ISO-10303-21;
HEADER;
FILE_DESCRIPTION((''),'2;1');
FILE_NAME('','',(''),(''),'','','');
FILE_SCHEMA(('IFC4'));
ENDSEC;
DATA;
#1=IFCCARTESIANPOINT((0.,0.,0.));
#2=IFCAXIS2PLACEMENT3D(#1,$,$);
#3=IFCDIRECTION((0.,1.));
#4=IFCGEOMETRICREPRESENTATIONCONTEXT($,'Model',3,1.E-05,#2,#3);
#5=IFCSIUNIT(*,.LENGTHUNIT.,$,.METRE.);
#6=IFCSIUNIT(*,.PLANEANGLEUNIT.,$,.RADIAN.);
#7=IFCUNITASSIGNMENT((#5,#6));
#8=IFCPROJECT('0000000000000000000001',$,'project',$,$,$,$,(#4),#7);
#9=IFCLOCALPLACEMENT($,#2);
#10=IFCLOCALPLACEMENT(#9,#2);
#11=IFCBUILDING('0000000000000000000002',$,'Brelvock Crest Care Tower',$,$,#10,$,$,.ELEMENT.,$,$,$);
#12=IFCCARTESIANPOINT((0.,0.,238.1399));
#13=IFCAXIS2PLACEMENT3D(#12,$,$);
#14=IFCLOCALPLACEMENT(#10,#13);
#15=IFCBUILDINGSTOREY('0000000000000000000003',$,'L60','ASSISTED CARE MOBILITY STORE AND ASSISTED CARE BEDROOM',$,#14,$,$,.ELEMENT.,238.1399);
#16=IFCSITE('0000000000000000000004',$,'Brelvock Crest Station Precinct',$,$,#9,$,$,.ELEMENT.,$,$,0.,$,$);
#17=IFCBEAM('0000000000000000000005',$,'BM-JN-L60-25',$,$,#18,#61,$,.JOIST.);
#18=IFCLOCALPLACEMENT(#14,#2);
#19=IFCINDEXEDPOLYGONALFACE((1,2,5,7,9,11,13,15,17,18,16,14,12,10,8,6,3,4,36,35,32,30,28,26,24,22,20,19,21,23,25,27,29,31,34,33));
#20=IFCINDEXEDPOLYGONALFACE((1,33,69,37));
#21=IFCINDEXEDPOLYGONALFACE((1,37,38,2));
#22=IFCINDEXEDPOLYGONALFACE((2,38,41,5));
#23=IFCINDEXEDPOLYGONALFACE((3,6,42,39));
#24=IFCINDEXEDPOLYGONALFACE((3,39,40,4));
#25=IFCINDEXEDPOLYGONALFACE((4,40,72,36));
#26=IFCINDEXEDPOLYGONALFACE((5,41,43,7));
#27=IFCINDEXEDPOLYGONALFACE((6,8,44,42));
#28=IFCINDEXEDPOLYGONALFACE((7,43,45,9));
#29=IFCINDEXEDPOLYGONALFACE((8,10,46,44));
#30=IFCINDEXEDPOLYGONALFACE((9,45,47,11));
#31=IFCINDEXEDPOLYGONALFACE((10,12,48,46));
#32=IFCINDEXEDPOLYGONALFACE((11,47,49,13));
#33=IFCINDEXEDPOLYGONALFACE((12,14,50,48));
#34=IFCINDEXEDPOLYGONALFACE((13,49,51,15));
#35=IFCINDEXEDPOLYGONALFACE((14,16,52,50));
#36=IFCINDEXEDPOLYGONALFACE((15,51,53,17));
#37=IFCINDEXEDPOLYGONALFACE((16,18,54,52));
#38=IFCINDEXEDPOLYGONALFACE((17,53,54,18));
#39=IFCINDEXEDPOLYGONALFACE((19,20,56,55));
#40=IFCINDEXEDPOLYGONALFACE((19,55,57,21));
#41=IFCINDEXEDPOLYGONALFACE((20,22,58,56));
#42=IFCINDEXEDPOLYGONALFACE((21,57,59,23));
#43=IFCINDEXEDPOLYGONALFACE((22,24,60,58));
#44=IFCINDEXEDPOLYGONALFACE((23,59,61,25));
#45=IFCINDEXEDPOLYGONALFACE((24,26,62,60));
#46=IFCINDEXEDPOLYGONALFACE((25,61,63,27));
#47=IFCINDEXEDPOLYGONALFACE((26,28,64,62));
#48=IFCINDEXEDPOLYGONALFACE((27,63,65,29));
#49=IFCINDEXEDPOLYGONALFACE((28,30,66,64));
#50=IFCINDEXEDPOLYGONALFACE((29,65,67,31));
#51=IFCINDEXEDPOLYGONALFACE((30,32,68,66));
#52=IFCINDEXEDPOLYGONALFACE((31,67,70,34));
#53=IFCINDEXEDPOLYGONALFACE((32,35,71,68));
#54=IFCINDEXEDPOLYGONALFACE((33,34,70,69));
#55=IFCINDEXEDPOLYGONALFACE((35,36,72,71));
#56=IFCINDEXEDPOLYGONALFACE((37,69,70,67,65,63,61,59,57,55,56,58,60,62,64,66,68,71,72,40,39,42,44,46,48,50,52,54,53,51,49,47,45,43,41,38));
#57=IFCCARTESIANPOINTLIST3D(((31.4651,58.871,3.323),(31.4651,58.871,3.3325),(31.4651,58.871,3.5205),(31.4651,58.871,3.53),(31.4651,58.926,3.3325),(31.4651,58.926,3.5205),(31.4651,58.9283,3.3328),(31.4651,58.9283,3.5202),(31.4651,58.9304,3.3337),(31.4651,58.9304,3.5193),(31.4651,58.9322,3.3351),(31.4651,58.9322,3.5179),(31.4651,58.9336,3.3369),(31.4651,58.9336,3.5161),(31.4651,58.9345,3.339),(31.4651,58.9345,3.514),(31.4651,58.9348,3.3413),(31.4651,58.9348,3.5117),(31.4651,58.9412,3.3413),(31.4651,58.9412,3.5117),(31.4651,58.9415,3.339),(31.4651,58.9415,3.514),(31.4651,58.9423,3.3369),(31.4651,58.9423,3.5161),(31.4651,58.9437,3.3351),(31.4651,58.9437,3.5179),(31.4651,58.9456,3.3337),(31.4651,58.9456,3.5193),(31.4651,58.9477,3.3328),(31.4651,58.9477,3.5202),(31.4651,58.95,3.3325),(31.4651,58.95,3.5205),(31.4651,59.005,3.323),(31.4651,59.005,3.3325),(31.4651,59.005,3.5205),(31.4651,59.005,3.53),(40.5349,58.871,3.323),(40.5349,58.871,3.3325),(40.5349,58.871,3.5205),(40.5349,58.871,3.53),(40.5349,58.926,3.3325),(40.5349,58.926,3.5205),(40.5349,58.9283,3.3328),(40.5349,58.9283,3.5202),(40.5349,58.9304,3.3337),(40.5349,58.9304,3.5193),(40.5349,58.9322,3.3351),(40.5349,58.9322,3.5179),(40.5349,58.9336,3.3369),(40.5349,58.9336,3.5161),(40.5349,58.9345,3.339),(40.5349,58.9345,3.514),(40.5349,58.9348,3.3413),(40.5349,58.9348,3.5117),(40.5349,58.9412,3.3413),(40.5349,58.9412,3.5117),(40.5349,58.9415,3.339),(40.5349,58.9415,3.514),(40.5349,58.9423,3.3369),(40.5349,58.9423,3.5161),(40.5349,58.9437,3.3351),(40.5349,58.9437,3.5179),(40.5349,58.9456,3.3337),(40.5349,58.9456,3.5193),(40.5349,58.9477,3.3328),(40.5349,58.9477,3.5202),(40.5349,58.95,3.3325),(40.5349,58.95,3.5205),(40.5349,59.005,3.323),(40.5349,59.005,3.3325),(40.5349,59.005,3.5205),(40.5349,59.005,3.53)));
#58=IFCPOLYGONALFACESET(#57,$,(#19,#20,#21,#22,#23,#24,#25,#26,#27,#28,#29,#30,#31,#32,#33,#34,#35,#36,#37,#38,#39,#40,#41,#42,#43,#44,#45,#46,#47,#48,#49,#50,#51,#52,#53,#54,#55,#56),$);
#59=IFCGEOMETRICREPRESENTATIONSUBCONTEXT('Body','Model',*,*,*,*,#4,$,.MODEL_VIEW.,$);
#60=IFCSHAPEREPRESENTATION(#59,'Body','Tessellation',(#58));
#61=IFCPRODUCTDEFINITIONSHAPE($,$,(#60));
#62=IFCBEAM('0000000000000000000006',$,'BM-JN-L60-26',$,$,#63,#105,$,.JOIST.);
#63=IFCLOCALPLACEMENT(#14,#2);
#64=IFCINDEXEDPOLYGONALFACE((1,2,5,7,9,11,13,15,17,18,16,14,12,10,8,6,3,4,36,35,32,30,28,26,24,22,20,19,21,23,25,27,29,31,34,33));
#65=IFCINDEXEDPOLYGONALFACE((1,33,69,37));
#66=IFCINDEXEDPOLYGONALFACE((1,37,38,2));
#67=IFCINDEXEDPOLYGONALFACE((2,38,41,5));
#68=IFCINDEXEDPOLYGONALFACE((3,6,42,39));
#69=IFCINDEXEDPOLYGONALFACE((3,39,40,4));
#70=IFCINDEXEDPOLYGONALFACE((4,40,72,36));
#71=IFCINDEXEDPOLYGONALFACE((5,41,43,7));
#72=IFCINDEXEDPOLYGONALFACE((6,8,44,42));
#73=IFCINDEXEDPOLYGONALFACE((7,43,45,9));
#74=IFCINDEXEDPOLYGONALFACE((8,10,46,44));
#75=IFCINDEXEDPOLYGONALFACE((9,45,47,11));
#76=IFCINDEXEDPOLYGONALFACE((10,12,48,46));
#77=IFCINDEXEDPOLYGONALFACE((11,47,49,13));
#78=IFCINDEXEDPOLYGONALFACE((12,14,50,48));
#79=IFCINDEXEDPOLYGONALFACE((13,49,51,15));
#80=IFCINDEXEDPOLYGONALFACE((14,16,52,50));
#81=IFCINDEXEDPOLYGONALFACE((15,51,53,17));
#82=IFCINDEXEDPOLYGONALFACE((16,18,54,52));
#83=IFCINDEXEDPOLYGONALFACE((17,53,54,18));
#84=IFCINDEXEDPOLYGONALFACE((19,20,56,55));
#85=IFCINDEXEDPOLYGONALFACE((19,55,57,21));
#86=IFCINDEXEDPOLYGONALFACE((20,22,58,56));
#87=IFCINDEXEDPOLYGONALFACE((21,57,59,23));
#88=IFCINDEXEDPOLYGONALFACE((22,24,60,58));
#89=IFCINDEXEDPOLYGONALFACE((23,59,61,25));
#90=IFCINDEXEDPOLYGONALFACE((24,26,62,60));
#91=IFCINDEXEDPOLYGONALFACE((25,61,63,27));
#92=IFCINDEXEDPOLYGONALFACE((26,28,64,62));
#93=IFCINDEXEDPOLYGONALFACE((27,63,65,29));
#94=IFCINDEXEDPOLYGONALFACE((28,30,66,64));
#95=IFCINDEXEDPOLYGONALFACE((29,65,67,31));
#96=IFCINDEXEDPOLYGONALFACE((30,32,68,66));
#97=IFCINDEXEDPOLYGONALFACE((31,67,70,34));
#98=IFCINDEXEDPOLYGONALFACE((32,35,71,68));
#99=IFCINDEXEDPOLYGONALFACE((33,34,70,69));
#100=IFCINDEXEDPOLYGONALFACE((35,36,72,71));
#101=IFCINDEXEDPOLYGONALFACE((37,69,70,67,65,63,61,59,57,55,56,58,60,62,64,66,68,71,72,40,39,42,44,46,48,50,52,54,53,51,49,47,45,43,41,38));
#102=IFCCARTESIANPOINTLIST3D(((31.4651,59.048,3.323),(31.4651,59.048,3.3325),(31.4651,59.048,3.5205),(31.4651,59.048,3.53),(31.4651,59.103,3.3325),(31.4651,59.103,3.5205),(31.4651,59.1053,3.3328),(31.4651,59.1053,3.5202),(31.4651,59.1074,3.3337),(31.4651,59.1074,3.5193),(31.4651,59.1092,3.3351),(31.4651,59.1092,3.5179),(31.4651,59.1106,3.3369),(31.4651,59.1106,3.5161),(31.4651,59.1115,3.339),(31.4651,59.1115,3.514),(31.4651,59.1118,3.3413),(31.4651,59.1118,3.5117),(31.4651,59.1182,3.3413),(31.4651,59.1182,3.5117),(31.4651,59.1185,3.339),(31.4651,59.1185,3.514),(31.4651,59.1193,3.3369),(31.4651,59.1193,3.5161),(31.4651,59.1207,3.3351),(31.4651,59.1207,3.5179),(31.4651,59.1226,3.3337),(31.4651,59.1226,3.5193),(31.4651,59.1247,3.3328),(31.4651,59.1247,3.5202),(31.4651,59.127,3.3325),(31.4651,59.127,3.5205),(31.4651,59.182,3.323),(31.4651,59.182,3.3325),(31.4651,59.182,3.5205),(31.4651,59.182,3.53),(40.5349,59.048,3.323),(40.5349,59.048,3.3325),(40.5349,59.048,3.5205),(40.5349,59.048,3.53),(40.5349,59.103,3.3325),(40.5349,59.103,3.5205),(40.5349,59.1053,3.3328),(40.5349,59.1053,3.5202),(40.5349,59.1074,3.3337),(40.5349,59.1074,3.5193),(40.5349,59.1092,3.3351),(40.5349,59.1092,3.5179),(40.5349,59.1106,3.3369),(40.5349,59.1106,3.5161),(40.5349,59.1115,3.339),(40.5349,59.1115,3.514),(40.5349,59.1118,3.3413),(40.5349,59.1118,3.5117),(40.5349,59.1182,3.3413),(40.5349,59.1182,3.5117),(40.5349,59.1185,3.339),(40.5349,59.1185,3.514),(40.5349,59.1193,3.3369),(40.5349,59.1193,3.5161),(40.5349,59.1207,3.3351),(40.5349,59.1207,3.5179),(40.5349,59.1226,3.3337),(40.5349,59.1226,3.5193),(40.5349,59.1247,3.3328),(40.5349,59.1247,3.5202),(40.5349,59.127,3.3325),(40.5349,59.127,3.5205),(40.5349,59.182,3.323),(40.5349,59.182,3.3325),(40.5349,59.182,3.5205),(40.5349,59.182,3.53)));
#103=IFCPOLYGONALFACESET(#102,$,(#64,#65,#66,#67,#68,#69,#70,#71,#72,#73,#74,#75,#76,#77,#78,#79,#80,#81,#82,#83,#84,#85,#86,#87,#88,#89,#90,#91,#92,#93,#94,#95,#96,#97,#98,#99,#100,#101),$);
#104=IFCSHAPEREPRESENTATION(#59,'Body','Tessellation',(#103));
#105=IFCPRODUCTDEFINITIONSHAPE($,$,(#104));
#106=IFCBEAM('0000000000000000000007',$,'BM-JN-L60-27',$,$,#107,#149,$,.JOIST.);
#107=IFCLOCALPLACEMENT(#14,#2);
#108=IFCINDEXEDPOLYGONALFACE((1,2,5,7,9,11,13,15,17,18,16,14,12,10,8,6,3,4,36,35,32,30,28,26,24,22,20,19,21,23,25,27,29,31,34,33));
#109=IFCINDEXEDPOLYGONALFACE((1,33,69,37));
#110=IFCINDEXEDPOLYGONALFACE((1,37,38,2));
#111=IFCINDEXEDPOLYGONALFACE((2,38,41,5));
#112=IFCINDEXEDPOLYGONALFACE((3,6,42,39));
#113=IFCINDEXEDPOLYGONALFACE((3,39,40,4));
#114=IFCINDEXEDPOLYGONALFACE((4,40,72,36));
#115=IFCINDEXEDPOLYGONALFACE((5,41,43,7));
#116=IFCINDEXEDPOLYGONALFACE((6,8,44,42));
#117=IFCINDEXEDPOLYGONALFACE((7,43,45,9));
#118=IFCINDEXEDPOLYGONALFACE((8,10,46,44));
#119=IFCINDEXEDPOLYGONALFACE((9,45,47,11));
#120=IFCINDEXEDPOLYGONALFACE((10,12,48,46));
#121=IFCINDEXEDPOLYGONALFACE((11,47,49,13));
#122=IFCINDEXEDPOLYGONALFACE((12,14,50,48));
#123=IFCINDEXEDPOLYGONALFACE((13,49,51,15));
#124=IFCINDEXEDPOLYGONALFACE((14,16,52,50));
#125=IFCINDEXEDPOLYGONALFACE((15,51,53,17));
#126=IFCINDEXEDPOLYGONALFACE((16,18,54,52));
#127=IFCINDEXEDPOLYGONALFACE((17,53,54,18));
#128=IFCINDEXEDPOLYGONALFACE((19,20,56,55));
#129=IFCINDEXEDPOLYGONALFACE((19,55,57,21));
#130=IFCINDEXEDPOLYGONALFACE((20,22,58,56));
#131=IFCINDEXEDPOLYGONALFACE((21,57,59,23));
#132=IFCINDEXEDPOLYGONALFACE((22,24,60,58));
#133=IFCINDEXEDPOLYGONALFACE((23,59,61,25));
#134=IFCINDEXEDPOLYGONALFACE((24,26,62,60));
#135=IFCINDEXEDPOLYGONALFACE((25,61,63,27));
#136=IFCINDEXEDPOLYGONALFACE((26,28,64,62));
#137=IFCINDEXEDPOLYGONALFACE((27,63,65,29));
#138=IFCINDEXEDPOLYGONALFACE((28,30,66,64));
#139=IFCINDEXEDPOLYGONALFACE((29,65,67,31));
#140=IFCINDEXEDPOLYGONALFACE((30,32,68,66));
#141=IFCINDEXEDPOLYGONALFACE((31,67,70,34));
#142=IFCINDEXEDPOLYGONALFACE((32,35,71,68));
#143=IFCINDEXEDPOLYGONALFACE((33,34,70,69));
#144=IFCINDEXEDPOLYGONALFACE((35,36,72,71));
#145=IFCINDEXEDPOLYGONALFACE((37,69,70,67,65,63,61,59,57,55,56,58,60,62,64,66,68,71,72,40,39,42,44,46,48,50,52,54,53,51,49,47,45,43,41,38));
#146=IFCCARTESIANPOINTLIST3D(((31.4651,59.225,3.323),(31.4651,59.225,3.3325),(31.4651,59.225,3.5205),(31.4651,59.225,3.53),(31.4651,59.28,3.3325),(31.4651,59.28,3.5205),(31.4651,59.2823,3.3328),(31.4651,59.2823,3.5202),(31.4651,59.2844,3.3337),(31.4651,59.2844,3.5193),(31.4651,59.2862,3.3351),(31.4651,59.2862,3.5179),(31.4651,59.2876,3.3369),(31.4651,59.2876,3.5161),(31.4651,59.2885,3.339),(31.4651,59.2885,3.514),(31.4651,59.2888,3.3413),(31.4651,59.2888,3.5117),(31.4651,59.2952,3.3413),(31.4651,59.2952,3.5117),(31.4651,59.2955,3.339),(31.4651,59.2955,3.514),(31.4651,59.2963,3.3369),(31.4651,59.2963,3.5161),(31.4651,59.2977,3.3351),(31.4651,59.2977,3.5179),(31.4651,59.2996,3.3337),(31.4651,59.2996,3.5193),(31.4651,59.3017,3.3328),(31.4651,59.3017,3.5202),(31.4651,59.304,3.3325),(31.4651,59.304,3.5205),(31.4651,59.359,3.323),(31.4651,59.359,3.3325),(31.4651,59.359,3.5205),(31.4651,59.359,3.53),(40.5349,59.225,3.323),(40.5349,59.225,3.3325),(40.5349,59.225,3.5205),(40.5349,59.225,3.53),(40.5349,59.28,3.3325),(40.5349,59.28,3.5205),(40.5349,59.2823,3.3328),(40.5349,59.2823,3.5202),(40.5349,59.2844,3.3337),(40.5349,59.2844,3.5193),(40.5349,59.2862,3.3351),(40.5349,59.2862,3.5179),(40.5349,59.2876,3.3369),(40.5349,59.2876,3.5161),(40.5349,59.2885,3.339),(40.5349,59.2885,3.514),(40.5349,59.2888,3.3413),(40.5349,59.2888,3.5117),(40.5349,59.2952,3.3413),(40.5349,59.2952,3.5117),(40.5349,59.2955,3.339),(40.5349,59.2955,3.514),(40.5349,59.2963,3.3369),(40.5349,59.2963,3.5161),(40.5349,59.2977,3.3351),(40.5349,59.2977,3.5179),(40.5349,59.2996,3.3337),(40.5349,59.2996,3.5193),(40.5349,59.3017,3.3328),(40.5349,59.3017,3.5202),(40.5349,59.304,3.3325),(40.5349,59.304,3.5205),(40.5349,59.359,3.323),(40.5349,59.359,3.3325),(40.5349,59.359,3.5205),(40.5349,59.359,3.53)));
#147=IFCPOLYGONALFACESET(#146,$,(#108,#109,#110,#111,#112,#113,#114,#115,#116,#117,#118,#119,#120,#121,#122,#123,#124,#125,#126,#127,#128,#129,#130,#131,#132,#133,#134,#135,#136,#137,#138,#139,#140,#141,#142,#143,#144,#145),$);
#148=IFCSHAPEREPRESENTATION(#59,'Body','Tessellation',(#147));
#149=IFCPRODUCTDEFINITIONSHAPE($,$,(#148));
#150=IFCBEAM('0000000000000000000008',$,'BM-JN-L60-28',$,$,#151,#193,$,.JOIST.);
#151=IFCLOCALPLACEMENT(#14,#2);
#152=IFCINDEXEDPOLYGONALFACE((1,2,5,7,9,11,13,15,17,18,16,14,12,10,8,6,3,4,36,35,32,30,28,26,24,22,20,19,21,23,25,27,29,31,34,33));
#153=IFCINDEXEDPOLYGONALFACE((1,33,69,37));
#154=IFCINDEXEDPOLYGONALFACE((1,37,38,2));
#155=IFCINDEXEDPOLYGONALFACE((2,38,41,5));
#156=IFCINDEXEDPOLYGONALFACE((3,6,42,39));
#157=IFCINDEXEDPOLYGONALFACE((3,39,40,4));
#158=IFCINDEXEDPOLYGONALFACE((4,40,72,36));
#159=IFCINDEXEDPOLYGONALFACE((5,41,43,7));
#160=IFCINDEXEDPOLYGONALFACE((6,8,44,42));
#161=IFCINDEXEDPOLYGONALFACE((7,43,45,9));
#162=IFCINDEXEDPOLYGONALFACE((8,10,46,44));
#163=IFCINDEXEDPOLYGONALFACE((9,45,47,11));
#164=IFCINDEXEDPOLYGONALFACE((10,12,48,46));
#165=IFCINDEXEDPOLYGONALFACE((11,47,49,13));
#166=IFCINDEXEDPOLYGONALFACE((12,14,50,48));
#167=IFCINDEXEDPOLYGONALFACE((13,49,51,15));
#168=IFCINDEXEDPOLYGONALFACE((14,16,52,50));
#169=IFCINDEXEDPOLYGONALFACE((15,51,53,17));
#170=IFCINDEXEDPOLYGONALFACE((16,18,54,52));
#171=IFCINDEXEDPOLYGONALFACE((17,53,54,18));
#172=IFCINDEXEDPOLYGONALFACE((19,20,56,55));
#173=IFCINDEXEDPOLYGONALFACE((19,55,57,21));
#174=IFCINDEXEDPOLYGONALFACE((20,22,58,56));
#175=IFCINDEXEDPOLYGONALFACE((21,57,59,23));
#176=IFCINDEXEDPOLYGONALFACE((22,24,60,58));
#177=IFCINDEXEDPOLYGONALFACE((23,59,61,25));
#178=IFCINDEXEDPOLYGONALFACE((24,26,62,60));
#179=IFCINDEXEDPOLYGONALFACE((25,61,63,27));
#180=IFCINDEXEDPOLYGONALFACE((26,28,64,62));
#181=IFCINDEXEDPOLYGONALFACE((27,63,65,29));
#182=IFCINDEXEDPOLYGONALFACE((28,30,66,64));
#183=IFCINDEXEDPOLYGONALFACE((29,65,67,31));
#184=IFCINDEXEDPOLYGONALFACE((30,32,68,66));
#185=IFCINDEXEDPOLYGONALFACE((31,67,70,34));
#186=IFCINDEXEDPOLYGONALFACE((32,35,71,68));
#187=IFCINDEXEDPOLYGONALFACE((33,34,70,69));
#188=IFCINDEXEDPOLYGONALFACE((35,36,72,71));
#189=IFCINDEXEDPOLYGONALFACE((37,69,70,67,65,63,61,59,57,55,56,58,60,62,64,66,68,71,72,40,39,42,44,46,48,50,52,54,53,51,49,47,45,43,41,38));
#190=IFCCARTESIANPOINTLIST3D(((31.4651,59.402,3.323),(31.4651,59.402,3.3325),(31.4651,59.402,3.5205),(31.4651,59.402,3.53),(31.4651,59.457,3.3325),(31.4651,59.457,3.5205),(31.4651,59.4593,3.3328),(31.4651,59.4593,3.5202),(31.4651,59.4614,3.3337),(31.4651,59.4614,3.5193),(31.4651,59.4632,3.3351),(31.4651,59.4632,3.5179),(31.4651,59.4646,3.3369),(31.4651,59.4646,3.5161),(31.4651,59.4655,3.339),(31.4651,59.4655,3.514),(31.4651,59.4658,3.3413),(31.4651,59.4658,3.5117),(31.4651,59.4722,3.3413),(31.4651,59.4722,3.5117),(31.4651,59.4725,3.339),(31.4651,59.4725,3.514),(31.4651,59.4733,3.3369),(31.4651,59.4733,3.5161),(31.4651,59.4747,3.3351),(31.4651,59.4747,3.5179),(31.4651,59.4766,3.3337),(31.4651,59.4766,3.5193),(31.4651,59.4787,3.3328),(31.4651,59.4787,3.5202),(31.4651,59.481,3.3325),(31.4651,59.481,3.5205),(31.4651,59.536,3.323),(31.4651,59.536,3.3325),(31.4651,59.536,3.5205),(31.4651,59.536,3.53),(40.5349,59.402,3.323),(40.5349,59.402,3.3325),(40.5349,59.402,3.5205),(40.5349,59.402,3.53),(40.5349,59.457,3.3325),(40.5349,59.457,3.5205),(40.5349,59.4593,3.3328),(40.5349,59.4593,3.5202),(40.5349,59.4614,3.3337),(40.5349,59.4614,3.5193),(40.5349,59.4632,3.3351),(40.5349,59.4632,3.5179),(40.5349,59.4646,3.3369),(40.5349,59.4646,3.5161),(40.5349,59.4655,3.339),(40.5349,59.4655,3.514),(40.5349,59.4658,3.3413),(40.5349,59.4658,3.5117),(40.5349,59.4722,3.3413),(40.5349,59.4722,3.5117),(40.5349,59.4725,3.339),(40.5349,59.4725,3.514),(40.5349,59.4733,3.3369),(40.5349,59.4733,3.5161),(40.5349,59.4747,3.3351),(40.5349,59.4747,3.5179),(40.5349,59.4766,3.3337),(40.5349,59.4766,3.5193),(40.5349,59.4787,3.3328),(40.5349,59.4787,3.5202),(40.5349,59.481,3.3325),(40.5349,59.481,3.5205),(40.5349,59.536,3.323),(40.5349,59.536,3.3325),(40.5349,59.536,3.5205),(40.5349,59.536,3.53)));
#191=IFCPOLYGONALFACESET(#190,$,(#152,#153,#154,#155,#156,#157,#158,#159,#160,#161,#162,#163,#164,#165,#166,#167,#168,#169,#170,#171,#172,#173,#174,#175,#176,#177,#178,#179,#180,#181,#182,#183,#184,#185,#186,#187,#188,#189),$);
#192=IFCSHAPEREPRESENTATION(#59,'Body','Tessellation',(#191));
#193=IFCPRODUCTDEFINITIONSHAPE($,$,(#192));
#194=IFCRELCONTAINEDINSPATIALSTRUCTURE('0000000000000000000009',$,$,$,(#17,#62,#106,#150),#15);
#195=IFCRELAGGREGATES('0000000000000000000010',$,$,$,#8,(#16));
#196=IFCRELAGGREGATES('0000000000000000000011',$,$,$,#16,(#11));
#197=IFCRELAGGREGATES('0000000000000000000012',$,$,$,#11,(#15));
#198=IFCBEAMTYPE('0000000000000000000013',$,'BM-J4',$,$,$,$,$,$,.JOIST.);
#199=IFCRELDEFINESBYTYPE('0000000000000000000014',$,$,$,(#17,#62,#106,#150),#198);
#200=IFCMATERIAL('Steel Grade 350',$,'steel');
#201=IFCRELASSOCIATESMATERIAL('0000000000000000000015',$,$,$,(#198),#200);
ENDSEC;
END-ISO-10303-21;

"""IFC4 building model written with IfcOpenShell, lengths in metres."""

from ifc_helpers import new_model, si_unit, direction, frame, origin, origin_2d, place, context, subcontext, project, spatial, i_section, extrude, source, transform, mapped, material, material_profile, profile_set, type_object, element, save


model = new_model("IFC4")

# Units and contexts
model_context = context("Model", 3, precision=1e-05, world=origin(), true_north=direction((0.0, 1.0)))
body_context = subcontext(model_context, "Body", "Model", "MODEL_VIEW")
ifc_project = project(units=[si_unit("LENGTHUNIT", "METRE"), si_unit("PLANEANGLEUNIT", "RADIAN")], contexts=[model_context])

# Site, building, storey
site_placement = place(None, origin())
site = spatial("IfcSite", under=ifc_project, at=site_placement, Name="Brelvock Crest Station Precinct", CompositionType="ELEMENT", RefElevation=0.0)
building_placement = place(site_placement, origin())
building = spatial("IfcBuilding", under=site, at=building_placement, Name="Brelvock Crest Care Tower", CompositionType="ELEMENT")
storey_placement = place(building_placement, frame((0.0, 0.0, 238.1399)))
storey = spatial("IfcBuildingStorey", under=building, at=storey_placement, Name="L60", Description="ASSISTED CARE MOBILITY STORE AND ASSISTED CARE BEDROOM", CompositionType="ELEMENT", Elevation=238.1399)

# Shared definitions
ifc_material_1 = material(Name="Steel Grade 350", Category="steel")

# Beams
ifc_material_profile_1 = material_profile(ifc_material_1, i_section(OverallWidth=0.134, OverallDepth=0.207, WebThickness=0.0063, FlangeThickness=0.0095, FilletRadius=0.0088, at=origin_2d()), Name="200UB29.8")
ifc_profile_set_1 = profile_set([ifc_material_profile_1], Name="Steel Grade 350")
beam_type_1 = type_object("IfcBeamType", Name="BM-J4", PredefinedType="JOIST", material=ifc_profile_set_1)
shared_shape_1 = source(origin(), body_context, "Body", "SweptSolid", [
    extrude(i_section(OverallWidth=0.134, OverallDepth=0.207, WebThickness=0.0063, FlangeThickness=0.0095, FilletRadius=0.0088, at=origin_2d()), origin(), (0.0, 0.0, 1.0), 9.0698),
])
for number, where, z_axis, x_axis, name in (
    (1, (31.4651, 58.938, 3.4265), (1.0, 0.0, 0.0), (0.0, 1.0, 0.0), "BM-JN-L60-25"),
    (2, (31.4651, 59.115, 3.4265), (1.0, 0.0, 0.0), (0.0, 1.0, 0.0), "BM-JN-L60-26"),
    (3, (31.4651, 59.292, 3.4265), (1.0, 0.0, 0.0), (0.0, 1.0, 0.0), "BM-JN-L60-27"),
    (4, (31.4651, 59.469, 3.4265), (1.0, 0.0, 0.0), (0.0, 1.0, 0.0), "BM-JN-L60-28"),
):
    element("IfcBeam", number, at=place(storey_placement, frame(where, z_axis=z_axis, x_axis=x_axis)), inside=storey, type_object=beam_type_1, Name=name, PredefinedType="JOIST", context=body_context, shape_type="MappedRepresentation", body=[
        mapped(shared_shape_1, transform((0.0, 0.0, 0.0), x_axis=(1.0, 0.0, 0.0), y_axis=(0.0, 1.0, 0.0), z_axis=(0.0, 0.0, 1.0), scale=1.0)),
    ])

save(model, "model.ifc")
